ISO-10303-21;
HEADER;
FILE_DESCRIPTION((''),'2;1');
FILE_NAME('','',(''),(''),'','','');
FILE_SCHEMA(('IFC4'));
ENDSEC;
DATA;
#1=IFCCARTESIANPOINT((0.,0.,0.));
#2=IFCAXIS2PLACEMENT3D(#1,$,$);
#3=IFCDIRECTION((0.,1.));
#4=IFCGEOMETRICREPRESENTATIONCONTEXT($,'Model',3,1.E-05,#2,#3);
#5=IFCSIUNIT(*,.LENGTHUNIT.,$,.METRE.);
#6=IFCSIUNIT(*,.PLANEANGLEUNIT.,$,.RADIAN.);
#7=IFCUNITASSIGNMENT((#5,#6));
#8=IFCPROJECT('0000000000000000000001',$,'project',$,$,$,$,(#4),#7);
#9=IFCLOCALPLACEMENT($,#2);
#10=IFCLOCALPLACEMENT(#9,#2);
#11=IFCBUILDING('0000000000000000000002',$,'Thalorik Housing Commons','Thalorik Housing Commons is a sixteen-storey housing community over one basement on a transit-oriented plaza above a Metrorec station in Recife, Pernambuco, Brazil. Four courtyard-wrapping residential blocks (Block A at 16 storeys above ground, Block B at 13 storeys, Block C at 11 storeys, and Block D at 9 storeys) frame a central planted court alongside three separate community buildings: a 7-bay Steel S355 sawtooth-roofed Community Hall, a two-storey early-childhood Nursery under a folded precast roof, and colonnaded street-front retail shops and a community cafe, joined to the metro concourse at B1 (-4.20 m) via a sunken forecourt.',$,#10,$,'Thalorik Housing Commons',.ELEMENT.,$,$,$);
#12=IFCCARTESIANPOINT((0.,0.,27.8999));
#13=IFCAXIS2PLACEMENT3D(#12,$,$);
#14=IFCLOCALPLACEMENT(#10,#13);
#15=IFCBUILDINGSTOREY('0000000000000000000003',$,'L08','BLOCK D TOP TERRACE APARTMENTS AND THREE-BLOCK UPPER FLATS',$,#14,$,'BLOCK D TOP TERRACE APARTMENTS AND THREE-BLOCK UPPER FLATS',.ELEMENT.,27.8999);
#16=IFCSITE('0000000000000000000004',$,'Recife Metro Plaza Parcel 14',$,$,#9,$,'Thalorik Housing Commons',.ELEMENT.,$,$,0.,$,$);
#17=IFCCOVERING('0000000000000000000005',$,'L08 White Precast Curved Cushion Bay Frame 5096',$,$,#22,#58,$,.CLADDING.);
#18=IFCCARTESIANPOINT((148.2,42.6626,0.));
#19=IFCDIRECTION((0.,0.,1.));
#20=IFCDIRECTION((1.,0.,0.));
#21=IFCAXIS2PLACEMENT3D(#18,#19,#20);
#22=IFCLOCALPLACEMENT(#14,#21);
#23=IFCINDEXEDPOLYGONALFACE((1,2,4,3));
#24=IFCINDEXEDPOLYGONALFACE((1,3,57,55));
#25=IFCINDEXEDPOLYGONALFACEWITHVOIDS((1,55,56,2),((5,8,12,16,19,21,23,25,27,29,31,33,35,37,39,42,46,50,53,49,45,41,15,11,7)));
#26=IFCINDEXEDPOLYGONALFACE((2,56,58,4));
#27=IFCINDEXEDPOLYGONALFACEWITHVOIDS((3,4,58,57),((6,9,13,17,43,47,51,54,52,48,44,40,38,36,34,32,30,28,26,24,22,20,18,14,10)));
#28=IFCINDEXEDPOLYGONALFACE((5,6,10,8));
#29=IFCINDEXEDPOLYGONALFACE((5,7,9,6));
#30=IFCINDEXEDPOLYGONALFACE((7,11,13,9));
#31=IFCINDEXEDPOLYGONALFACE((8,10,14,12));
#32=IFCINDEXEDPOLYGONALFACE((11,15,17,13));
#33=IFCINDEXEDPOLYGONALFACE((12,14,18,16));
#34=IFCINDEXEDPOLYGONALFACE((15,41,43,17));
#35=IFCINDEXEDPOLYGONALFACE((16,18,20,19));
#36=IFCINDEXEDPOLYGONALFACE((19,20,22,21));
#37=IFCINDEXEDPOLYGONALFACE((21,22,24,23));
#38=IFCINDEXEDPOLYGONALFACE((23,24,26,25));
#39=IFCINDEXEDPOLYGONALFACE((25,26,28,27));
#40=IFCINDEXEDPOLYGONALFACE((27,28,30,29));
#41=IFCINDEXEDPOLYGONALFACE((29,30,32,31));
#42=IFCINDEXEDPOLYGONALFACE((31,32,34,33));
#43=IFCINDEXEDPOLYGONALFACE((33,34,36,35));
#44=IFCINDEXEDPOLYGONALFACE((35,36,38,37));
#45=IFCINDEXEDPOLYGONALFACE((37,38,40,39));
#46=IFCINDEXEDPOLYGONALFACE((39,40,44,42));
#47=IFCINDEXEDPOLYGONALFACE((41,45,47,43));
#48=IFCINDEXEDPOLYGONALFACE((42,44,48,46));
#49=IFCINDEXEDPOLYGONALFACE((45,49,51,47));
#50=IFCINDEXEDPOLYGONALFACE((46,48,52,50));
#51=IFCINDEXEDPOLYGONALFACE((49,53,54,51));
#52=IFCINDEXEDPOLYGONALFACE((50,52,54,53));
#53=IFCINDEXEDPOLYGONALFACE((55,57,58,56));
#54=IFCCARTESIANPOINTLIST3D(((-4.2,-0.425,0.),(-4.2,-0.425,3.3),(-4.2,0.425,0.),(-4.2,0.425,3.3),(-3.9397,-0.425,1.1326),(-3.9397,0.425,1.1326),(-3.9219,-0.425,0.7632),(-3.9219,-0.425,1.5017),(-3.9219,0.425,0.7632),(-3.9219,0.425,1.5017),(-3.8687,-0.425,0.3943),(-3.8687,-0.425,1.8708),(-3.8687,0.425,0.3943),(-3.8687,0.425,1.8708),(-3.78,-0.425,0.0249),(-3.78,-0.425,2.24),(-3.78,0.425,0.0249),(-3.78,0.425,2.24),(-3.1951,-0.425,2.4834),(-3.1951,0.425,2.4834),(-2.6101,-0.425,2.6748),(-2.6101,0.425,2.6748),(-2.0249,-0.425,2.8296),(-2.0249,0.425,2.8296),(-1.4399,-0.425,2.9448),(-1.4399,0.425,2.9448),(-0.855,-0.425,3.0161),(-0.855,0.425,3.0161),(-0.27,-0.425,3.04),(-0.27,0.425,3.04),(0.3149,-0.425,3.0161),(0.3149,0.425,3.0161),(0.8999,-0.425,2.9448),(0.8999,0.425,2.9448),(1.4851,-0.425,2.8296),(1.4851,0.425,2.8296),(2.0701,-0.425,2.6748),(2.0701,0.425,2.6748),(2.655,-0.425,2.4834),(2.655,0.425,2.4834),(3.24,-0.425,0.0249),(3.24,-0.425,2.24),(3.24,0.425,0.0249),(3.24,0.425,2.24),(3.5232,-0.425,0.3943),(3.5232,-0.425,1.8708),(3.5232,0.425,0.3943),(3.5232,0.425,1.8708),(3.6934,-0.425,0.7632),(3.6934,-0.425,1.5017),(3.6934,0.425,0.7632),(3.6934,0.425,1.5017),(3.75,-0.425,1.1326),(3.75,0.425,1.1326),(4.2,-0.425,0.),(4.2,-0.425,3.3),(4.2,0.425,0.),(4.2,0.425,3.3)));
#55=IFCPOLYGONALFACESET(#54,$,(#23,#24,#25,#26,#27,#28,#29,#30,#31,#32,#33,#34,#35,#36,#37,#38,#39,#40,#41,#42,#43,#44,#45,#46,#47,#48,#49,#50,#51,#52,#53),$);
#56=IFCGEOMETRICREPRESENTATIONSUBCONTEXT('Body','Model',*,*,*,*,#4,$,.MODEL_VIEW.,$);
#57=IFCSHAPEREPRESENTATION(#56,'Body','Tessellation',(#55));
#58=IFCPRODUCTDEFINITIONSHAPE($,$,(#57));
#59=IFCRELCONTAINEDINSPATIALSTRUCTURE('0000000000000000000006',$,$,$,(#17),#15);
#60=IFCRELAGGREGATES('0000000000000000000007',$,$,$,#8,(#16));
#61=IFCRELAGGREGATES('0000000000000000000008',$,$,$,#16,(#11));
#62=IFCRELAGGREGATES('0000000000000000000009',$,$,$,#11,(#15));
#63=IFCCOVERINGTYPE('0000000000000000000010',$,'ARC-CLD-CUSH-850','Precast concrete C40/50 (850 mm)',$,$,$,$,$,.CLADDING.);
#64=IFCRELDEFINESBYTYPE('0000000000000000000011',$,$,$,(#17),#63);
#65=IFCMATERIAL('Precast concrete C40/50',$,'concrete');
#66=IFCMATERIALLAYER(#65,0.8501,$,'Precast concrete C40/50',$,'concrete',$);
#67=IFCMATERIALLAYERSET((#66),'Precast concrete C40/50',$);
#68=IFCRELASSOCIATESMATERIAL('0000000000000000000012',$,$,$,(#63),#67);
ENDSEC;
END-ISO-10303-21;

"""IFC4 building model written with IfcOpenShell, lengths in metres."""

from ifc_helpers import new_model, si_unit, direction, frame, origin, place, context, subcontext, project, spatial, polyline, outline, extrude, material, layer, layer_set, type_object, element, save


model = new_model("IFC4")

# Units and contexts
model_context = context("Model", 3, precision=1e-05, world=origin(), true_north=direction((0.0, 1.0)))
body_context = subcontext(model_context, "Body", "Model", "MODEL_VIEW")
ifc_project = project(units=[si_unit("LENGTHUNIT", "METRE"), si_unit("PLANEANGLEUNIT", "RADIAN")], contexts=[model_context])

# Site, building, storey
site_placement = place(None, origin())
site = spatial("IfcSite", under=ifc_project, at=site_placement, Name="Recife Metro Plaza Parcel 14", LongName="Thalorik Housing Commons", CompositionType="ELEMENT", RefElevation=0.0)
building_placement = place(site_placement, origin())
building = spatial("IfcBuilding", under=site, at=building_placement, Name="Thalorik Housing Commons", Description="Thalorik Housing Commons is a sixteen-storey housing community over one basement on a transit-oriented plaza above a Metrorec station in Recife, Pernambuco, Brazil. Four courtyard-wrapping residential blocks (Block A at 16 storeys above ground, Block B at 13 storeys, Block C at 11 storeys, and Block D at 9 storeys) frame a central planted court alongside three separate community buildings: a 7-bay Steel S355 sawtooth-roofed Community Hall, a two-storey early-childhood Nursery under a folded precast roof, and colonnaded street-front retail shops and a community cafe, joined to the metro concourse at B1 (-4.20 m) via a sunken forecourt.", LongName="Thalorik Housing Commons", CompositionType="ELEMENT")
storey_placement = place(building_placement, frame((0.0, 0.0, 27.8999)))
storey = spatial("IfcBuildingStorey", under=building, at=storey_placement, Name="L08", Description="BLOCK D TOP TERRACE APARTMENTS AND THREE-BLOCK UPPER FLATS", LongName="BLOCK D TOP TERRACE APARTMENTS AND THREE-BLOCK UPPER FLATS", CompositionType="ELEMENT", Elevation=27.8999)

# Shared definitions
ifc_material_1 = material(Name="Precast concrete C40/50", Category="concrete")

# Covering
ifc_layer_1 = layer(ifc_material_1, 0.8501, Name="Precast concrete C40/50", Category="concrete")
ifc_layer_set_1 = layer_set([ifc_layer_1], Name="Precast concrete C40/50")
covering_type_1 = type_object("IfcCoveringType", Name="ARC-CLD-CUSH-850", Description="Precast concrete C40/50 (850 mm)", PredefinedType="CLADDING", material=ifc_layer_set_1)
covering_1_placement = place(storey_placement, frame((148.2, 42.6626, 0.0), z_axis=(0.0, 0.0, 1.0), x_axis=(1.0, 0.0, 0.0)))
element("IfcCovering", 1, at=covering_1_placement, inside=storey, type_object=covering_type_1, Name="L08 White Precast Curved Cushion Bay Frame 5096", PredefinedType="CLADDING", context=body_context, shape_type="SweptSolid", body=[
    extrude(outline(polyline([(-4.2, 0.0), (4.2, 0.0), (4.2, 3.3), (-4.2, 3.3), (-4.2, 0.0)]), holes=[polyline([(3.24, 0.0249), (3.5232, 0.3943), (3.6934, 0.7632), (3.75, 1.1326), (3.6934, 1.5017), (3.5232, 1.8708), (3.24, 2.24), (2.655, 2.4834), (2.0701, 2.6748), (1.4851, 2.8296), (0.8999, 2.9448), (0.3149, 3.0161), (-0.27, 3.04), (-0.855, 3.0161), (-1.4399, 2.9448), (-2.0249, 2.8296), (-2.6101, 2.6748), (-3.1951, 2.4834), (-3.78, 2.24), (-3.8687, 1.8708), (-3.9219, 1.5017), (-3.9397, 1.1326), (-3.9219, 0.7632), (-3.8687, 0.3943), (-3.78, 0.0249), (3.24, 0.0249)])]), frame((0.0, 0.425, 0.0), z_axis=(0.0, -1.0, 0.0), x_axis=(1.0, 0.0, 0.0)), (0.0, 0.0, 1.0), 0.8501),
])

save(model, "model.ifc")
